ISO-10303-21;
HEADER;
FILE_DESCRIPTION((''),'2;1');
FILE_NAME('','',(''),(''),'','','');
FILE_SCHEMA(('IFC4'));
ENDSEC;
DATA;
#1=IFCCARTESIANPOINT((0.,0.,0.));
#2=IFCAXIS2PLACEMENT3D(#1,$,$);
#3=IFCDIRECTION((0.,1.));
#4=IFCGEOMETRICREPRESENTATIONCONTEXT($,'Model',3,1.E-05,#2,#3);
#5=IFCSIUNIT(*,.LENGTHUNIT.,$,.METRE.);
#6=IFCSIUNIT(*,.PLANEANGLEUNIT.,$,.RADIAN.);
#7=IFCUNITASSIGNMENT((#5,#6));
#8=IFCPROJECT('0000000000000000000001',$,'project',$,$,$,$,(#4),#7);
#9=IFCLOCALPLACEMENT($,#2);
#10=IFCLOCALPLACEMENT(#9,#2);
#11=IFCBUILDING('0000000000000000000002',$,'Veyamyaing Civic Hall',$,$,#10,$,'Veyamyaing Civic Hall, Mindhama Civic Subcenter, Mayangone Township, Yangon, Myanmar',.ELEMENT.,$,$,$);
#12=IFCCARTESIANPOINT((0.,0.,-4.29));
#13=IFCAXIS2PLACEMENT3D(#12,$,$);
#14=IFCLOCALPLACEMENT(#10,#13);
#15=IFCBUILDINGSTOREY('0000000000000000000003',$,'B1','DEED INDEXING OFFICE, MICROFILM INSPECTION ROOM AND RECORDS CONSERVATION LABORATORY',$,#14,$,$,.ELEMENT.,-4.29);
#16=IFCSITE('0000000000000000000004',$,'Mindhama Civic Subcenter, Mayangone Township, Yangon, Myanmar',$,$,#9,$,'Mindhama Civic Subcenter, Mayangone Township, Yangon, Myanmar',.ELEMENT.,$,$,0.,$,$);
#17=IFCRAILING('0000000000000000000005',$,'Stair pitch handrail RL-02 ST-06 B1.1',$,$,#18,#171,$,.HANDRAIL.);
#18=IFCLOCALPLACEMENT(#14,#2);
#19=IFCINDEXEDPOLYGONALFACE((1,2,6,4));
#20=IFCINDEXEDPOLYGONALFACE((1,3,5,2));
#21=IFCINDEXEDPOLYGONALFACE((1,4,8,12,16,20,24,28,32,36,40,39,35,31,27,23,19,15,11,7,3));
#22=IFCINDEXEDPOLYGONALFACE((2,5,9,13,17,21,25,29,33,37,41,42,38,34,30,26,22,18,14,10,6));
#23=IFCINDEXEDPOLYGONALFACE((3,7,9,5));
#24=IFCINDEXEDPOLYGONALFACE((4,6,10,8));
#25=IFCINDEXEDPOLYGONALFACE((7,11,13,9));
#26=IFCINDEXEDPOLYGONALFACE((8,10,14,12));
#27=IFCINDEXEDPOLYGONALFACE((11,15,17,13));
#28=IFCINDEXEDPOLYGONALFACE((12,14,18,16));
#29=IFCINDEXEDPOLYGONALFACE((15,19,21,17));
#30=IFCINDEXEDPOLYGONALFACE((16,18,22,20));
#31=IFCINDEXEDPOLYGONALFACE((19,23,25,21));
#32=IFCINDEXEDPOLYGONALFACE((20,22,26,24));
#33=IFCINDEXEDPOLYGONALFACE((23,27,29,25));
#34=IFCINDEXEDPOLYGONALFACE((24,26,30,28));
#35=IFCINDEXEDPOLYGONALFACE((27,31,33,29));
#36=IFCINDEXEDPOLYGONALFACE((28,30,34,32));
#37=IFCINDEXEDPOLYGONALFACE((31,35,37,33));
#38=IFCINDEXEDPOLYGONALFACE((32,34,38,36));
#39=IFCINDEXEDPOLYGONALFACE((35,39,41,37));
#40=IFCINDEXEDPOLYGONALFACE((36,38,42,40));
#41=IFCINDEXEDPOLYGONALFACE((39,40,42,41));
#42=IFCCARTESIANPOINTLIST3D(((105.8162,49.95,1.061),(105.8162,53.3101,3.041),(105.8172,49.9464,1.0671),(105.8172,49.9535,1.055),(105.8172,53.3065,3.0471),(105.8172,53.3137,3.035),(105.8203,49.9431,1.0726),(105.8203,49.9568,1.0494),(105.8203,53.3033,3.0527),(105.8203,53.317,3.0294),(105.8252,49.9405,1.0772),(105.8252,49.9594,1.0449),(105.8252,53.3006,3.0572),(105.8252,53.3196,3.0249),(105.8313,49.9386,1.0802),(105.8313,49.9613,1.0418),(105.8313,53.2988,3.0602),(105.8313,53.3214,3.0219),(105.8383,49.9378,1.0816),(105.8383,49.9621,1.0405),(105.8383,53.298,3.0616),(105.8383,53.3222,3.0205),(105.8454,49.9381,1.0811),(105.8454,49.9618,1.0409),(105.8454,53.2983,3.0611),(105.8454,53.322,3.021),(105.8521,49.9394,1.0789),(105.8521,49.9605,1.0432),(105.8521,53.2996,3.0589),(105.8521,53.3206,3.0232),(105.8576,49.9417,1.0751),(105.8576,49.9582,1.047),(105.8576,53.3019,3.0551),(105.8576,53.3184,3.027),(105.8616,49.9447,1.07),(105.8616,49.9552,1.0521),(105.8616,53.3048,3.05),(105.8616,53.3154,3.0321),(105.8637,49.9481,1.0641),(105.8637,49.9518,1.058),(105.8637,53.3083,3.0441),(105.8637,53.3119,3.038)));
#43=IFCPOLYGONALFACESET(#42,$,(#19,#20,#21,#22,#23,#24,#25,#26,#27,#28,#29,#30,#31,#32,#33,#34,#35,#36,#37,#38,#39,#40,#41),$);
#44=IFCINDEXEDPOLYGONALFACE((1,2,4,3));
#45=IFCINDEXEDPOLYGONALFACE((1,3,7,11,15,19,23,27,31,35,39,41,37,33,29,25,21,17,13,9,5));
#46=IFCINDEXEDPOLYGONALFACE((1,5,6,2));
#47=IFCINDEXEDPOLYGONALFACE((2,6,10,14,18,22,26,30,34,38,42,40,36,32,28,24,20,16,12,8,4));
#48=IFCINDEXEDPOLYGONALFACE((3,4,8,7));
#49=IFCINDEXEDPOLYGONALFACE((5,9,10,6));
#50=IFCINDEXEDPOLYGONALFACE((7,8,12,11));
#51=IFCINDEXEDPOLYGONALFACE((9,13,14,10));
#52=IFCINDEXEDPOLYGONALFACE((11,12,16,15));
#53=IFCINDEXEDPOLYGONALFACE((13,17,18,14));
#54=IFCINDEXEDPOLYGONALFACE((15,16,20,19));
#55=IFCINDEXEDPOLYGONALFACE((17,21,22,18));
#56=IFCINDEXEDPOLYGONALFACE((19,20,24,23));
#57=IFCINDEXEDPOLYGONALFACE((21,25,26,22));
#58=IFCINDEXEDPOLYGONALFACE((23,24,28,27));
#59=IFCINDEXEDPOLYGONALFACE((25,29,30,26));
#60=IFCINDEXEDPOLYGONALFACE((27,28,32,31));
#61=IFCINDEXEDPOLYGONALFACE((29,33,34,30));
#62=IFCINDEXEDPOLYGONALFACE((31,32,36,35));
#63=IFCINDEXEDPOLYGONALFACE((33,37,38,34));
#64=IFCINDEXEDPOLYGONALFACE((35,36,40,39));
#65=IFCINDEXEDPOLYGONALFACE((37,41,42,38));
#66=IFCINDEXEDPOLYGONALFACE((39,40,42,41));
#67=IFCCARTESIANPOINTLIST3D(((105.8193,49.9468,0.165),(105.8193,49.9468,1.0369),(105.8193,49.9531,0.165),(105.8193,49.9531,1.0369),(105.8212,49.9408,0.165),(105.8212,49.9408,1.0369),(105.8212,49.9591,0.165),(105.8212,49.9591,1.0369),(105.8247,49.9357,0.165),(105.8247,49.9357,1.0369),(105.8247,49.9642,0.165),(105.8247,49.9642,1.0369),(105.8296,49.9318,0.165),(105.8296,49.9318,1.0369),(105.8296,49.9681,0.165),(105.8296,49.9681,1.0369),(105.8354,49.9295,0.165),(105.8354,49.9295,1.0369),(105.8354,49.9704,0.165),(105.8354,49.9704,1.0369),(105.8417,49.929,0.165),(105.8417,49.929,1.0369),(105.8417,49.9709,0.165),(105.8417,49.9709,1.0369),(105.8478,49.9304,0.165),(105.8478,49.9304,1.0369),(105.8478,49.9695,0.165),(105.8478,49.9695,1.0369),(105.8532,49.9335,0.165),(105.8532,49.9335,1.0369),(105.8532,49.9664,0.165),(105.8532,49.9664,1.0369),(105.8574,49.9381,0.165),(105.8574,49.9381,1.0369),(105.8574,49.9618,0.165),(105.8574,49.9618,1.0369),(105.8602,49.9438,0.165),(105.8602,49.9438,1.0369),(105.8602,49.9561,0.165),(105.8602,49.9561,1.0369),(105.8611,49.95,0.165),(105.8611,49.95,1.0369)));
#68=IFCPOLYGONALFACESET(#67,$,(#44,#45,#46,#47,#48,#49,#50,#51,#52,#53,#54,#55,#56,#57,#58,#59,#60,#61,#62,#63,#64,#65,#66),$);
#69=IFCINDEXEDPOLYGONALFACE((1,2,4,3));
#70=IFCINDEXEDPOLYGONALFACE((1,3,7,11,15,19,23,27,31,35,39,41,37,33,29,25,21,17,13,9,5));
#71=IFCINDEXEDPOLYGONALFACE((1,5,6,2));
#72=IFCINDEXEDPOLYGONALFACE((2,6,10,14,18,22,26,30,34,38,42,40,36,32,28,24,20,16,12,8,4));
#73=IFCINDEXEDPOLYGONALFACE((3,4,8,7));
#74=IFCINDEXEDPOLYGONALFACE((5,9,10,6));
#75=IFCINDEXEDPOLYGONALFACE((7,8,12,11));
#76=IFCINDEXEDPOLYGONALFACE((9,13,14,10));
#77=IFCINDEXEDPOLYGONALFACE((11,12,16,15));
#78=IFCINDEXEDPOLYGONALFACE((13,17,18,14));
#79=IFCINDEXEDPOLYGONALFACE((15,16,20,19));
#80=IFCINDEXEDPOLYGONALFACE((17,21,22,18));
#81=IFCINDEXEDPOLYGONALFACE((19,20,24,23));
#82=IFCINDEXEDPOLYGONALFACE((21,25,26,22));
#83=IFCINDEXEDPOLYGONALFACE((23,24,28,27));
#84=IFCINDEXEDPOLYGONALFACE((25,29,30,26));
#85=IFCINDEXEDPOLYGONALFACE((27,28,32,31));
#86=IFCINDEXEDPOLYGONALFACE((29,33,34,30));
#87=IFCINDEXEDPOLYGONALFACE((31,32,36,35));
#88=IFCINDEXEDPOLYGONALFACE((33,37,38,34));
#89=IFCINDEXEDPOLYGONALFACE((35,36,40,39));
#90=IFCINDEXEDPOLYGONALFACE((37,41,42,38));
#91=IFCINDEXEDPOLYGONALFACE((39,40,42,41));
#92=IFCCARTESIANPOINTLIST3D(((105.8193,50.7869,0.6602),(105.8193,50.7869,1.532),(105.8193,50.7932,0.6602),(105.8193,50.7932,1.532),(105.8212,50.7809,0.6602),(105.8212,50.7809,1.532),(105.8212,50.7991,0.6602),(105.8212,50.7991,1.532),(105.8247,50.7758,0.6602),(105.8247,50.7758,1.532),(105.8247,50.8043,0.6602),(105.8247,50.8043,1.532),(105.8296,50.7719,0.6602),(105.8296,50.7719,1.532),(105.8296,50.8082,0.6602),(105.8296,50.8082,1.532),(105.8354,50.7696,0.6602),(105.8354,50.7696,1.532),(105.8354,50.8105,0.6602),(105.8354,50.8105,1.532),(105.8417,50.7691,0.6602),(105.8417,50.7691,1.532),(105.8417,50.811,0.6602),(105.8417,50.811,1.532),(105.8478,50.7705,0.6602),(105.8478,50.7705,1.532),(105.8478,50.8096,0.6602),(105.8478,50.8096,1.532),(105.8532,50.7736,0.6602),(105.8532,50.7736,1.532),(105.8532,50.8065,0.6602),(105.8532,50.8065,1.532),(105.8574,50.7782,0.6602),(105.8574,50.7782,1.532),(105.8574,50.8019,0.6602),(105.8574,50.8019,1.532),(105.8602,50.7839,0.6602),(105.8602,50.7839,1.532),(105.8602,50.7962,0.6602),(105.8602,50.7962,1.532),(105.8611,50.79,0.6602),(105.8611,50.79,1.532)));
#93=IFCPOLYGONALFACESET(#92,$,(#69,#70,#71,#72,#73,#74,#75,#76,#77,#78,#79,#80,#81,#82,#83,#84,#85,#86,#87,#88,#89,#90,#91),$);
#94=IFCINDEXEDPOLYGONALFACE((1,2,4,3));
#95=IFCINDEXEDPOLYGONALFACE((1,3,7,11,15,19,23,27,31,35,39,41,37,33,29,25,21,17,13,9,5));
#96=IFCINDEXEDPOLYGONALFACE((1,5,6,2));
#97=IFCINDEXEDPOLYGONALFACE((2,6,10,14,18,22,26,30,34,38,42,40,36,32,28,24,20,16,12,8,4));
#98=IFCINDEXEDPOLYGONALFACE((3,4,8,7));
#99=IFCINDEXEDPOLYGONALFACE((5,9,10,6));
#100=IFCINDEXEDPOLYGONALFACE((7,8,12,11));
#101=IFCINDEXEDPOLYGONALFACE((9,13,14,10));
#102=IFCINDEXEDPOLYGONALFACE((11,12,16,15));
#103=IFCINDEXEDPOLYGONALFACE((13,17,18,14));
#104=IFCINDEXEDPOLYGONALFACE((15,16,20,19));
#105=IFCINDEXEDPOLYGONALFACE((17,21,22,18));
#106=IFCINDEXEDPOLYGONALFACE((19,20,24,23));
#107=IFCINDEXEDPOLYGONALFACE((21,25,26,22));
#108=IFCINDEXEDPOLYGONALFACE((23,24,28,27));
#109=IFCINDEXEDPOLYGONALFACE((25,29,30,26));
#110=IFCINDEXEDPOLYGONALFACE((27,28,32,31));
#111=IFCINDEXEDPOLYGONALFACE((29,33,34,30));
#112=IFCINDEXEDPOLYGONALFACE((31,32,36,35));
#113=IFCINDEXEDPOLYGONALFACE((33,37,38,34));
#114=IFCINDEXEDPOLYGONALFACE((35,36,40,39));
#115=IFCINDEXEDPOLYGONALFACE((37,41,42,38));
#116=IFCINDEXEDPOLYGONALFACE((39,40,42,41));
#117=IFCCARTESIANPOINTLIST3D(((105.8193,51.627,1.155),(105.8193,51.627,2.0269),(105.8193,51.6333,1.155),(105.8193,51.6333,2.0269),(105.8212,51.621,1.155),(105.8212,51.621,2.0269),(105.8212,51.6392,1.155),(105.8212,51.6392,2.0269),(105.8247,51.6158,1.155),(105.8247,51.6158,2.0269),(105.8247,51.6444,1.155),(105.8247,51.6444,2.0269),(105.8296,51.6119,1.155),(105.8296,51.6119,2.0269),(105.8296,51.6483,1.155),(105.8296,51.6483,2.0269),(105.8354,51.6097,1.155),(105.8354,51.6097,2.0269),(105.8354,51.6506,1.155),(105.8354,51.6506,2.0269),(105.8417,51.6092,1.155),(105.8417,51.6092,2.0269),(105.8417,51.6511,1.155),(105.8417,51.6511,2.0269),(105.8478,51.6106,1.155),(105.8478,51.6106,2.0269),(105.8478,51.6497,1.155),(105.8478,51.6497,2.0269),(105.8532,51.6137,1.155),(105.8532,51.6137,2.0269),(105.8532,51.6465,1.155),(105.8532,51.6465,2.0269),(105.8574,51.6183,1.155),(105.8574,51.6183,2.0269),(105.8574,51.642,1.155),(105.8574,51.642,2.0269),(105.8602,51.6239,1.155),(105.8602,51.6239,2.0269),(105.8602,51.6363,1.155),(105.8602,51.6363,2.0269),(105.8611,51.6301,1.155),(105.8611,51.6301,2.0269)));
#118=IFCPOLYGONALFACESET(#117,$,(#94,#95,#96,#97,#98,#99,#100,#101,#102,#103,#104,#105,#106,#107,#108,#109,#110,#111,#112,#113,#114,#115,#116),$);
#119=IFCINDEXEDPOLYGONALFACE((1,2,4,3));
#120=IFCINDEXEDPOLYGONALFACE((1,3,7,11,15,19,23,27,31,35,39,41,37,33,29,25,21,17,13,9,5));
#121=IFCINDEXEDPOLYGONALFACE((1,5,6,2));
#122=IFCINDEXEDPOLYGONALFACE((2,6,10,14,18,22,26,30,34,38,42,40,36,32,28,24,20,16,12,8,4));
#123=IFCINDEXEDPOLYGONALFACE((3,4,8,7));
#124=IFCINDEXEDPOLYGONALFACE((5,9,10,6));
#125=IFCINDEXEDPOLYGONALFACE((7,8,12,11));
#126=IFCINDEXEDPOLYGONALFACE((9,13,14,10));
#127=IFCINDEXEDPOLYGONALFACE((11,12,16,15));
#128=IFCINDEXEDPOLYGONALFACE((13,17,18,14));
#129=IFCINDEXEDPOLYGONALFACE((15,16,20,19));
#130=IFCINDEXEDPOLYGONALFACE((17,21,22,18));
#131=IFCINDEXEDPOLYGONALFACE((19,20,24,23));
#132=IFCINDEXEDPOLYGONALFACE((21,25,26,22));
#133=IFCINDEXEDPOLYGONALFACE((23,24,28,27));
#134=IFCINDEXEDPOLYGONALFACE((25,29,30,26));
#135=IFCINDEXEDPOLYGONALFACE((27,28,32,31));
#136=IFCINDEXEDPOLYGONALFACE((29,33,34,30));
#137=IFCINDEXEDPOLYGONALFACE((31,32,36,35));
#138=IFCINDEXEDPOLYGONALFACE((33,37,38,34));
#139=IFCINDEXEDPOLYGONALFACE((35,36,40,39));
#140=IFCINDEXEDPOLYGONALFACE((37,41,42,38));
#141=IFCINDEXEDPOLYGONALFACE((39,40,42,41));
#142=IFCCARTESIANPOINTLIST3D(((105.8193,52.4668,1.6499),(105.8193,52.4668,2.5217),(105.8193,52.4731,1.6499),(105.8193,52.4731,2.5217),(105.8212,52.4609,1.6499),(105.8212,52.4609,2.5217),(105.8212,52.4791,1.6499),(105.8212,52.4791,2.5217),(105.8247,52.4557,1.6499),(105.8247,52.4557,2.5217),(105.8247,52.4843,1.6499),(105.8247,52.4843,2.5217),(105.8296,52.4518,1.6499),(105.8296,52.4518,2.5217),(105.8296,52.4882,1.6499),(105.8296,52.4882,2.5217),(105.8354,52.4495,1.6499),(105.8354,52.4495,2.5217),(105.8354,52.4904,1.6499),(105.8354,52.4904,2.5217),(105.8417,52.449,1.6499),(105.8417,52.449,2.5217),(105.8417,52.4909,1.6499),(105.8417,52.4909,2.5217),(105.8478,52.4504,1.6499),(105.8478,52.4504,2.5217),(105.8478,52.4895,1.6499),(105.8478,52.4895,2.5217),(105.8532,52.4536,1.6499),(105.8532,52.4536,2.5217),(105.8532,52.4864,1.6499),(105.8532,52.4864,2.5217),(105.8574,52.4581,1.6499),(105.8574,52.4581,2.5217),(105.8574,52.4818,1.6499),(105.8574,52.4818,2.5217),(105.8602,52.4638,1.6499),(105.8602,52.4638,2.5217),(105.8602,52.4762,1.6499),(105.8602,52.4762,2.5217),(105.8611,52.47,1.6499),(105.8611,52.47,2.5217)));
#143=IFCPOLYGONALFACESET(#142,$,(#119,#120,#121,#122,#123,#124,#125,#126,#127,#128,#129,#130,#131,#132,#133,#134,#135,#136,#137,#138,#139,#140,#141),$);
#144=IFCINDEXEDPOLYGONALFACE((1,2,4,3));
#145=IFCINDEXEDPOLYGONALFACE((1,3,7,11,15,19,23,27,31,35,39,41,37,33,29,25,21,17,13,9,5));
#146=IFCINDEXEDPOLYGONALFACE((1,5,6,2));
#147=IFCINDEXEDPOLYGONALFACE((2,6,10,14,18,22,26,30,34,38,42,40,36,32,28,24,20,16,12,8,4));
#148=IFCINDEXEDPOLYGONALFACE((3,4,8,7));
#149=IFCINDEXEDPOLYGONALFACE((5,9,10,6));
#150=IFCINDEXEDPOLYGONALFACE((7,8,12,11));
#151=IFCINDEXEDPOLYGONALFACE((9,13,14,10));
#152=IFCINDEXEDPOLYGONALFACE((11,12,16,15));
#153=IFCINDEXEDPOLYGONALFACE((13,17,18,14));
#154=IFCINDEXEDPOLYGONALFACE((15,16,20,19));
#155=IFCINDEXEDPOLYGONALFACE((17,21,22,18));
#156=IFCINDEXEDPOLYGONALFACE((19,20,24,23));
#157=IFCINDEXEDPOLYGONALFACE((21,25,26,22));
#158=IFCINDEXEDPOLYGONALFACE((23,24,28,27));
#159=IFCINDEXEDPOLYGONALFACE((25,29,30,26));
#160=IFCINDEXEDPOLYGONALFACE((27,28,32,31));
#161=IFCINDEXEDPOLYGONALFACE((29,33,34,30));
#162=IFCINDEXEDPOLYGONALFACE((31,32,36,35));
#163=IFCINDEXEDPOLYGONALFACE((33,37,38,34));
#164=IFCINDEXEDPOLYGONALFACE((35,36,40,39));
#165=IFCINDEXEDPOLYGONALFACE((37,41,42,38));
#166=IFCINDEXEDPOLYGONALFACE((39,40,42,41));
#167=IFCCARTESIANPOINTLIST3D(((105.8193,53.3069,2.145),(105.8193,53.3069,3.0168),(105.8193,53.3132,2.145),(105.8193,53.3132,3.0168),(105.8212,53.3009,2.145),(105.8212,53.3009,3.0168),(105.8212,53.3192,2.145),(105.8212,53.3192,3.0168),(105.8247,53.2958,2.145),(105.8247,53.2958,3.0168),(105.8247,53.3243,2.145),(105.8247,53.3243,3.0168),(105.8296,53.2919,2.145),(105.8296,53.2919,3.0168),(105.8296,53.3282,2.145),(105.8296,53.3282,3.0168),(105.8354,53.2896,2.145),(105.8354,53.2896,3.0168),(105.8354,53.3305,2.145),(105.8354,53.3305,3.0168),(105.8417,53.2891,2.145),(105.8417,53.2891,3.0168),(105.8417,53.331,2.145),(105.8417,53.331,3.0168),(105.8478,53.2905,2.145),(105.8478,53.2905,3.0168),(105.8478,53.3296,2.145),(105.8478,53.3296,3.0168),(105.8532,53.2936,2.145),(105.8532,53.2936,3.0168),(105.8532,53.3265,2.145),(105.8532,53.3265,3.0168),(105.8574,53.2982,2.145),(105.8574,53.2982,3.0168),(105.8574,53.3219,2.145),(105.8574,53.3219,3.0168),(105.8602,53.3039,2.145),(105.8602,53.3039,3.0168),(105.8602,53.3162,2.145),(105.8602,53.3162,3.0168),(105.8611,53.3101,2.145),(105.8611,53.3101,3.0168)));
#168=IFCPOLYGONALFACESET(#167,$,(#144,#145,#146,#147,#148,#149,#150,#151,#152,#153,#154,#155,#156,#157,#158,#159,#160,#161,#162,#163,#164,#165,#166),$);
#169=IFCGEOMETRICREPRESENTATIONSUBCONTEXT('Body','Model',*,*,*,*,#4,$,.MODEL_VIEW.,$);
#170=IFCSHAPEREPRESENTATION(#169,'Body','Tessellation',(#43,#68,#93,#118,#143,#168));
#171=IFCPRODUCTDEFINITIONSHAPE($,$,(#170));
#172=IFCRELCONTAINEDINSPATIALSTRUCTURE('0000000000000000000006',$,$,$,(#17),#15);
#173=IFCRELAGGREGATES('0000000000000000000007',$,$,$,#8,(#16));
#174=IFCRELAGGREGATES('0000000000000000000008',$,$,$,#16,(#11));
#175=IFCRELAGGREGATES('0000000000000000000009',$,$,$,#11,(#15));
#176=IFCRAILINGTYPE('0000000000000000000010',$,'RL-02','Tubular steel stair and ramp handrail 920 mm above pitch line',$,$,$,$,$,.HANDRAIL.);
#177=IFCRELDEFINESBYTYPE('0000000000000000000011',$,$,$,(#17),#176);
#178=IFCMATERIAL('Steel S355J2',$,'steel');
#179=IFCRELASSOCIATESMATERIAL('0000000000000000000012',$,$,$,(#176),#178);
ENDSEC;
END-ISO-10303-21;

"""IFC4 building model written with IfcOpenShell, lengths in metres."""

from ifc_helpers import new_model, si_unit, direction, frame, origin, origin_2d, place, context, subcontext, project, spatial, circle, extrude, material, type_object, element, save


model = new_model("IFC4")

# Units and contexts
model_context = context("Model", 3, precision=1e-05, world=origin(), true_north=direction((0.0, 1.0)))
body_context = subcontext(model_context, "Body", "Model", "MODEL_VIEW")
ifc_project = project(units=[si_unit("LENGTHUNIT", "METRE"), si_unit("PLANEANGLEUNIT", "RADIAN")], contexts=[model_context])

# Site, building, storey
site_placement = place(None, origin())
site = spatial("IfcSite", under=ifc_project, at=site_placement, Name="Mindhama Civic Subcenter, Mayangone Township, Yangon, Myanmar", LongName="Mindhama Civic Subcenter, Mayangone Township, Yangon, Myanmar", CompositionType="ELEMENT", RefElevation=0.0)
building_placement = place(site_placement, origin())
building = spatial("IfcBuilding", under=site, at=building_placement, Name="Veyamyaing Civic Hall", LongName="Veyamyaing Civic Hall, Mindhama Civic Subcenter, Mayangone Township, Yangon, Myanmar", CompositionType="ELEMENT")
storey_placement = place(building_placement, frame((0.0, 0.0, -4.29)))
storey = spatial("IfcBuildingStorey", under=building, at=storey_placement, Name="B1", Description="DEED INDEXING OFFICE, MICROFILM INSPECTION ROOM AND RECORDS CONSERVATION LABORATORY", CompositionType="ELEMENT", Elevation=-4.29)

# Shared definitions
ifc_material_1 = material(Name="Steel S355J2", Category="steel")

# Railing
railing_type_1 = type_object("IfcRailingType", Name="RL-02", Description="Tubular steel stair and ramp handrail 920 mm above pitch line", PredefinedType="HANDRAIL", material=ifc_material_1)
railing_1_placement = place(storey_placement, frame((105.8401, 49.95, 0.165)))
element("IfcRailing", 1, at=railing_1_placement, inside=storey, type_object=railing_type_1, Name="Stair pitch handrail RL-02 ST-06 B1.1", PredefinedType="HANDRAIL", context=body_context, shape_type="SweptSolid", body=[
    extrude(circle(Radius=0.0239, at=origin_2d()), frame((0.0, 0.0, 0.896), z_axis=(0.0, 0.861548, 0.507677), x_axis=(-1.0, 0.0, 0.0)), (0.0, 0.0, 1.0), 3.9001),
    extrude(circle(Radius=0.021, at=origin_2d()), origin(), (0.0, 0.0, 1.0), 0.8718),
    extrude(circle(Radius=0.021, at=origin_2d()), frame((0.0, 0.8401, 0.4951)), (0.0, 0.0, 1.0), 0.8718),
    extrude(circle(Radius=0.021, at=origin_2d()), frame((0.0, 1.6802, 0.99)), (0.0, 0.0, 1.0), 0.8718),
    extrude(circle(Radius=0.021, at=origin_2d()), frame((0.0, 2.52, 1.4849)), (0.0, 0.0, 1.0), 0.8718),
    extrude(circle(Radius=0.021, at=origin_2d()), frame((0.0, 3.3601, 1.98)), (0.0, 0.0, 1.0), 0.8718),
])

save(model, "model.ifc")
